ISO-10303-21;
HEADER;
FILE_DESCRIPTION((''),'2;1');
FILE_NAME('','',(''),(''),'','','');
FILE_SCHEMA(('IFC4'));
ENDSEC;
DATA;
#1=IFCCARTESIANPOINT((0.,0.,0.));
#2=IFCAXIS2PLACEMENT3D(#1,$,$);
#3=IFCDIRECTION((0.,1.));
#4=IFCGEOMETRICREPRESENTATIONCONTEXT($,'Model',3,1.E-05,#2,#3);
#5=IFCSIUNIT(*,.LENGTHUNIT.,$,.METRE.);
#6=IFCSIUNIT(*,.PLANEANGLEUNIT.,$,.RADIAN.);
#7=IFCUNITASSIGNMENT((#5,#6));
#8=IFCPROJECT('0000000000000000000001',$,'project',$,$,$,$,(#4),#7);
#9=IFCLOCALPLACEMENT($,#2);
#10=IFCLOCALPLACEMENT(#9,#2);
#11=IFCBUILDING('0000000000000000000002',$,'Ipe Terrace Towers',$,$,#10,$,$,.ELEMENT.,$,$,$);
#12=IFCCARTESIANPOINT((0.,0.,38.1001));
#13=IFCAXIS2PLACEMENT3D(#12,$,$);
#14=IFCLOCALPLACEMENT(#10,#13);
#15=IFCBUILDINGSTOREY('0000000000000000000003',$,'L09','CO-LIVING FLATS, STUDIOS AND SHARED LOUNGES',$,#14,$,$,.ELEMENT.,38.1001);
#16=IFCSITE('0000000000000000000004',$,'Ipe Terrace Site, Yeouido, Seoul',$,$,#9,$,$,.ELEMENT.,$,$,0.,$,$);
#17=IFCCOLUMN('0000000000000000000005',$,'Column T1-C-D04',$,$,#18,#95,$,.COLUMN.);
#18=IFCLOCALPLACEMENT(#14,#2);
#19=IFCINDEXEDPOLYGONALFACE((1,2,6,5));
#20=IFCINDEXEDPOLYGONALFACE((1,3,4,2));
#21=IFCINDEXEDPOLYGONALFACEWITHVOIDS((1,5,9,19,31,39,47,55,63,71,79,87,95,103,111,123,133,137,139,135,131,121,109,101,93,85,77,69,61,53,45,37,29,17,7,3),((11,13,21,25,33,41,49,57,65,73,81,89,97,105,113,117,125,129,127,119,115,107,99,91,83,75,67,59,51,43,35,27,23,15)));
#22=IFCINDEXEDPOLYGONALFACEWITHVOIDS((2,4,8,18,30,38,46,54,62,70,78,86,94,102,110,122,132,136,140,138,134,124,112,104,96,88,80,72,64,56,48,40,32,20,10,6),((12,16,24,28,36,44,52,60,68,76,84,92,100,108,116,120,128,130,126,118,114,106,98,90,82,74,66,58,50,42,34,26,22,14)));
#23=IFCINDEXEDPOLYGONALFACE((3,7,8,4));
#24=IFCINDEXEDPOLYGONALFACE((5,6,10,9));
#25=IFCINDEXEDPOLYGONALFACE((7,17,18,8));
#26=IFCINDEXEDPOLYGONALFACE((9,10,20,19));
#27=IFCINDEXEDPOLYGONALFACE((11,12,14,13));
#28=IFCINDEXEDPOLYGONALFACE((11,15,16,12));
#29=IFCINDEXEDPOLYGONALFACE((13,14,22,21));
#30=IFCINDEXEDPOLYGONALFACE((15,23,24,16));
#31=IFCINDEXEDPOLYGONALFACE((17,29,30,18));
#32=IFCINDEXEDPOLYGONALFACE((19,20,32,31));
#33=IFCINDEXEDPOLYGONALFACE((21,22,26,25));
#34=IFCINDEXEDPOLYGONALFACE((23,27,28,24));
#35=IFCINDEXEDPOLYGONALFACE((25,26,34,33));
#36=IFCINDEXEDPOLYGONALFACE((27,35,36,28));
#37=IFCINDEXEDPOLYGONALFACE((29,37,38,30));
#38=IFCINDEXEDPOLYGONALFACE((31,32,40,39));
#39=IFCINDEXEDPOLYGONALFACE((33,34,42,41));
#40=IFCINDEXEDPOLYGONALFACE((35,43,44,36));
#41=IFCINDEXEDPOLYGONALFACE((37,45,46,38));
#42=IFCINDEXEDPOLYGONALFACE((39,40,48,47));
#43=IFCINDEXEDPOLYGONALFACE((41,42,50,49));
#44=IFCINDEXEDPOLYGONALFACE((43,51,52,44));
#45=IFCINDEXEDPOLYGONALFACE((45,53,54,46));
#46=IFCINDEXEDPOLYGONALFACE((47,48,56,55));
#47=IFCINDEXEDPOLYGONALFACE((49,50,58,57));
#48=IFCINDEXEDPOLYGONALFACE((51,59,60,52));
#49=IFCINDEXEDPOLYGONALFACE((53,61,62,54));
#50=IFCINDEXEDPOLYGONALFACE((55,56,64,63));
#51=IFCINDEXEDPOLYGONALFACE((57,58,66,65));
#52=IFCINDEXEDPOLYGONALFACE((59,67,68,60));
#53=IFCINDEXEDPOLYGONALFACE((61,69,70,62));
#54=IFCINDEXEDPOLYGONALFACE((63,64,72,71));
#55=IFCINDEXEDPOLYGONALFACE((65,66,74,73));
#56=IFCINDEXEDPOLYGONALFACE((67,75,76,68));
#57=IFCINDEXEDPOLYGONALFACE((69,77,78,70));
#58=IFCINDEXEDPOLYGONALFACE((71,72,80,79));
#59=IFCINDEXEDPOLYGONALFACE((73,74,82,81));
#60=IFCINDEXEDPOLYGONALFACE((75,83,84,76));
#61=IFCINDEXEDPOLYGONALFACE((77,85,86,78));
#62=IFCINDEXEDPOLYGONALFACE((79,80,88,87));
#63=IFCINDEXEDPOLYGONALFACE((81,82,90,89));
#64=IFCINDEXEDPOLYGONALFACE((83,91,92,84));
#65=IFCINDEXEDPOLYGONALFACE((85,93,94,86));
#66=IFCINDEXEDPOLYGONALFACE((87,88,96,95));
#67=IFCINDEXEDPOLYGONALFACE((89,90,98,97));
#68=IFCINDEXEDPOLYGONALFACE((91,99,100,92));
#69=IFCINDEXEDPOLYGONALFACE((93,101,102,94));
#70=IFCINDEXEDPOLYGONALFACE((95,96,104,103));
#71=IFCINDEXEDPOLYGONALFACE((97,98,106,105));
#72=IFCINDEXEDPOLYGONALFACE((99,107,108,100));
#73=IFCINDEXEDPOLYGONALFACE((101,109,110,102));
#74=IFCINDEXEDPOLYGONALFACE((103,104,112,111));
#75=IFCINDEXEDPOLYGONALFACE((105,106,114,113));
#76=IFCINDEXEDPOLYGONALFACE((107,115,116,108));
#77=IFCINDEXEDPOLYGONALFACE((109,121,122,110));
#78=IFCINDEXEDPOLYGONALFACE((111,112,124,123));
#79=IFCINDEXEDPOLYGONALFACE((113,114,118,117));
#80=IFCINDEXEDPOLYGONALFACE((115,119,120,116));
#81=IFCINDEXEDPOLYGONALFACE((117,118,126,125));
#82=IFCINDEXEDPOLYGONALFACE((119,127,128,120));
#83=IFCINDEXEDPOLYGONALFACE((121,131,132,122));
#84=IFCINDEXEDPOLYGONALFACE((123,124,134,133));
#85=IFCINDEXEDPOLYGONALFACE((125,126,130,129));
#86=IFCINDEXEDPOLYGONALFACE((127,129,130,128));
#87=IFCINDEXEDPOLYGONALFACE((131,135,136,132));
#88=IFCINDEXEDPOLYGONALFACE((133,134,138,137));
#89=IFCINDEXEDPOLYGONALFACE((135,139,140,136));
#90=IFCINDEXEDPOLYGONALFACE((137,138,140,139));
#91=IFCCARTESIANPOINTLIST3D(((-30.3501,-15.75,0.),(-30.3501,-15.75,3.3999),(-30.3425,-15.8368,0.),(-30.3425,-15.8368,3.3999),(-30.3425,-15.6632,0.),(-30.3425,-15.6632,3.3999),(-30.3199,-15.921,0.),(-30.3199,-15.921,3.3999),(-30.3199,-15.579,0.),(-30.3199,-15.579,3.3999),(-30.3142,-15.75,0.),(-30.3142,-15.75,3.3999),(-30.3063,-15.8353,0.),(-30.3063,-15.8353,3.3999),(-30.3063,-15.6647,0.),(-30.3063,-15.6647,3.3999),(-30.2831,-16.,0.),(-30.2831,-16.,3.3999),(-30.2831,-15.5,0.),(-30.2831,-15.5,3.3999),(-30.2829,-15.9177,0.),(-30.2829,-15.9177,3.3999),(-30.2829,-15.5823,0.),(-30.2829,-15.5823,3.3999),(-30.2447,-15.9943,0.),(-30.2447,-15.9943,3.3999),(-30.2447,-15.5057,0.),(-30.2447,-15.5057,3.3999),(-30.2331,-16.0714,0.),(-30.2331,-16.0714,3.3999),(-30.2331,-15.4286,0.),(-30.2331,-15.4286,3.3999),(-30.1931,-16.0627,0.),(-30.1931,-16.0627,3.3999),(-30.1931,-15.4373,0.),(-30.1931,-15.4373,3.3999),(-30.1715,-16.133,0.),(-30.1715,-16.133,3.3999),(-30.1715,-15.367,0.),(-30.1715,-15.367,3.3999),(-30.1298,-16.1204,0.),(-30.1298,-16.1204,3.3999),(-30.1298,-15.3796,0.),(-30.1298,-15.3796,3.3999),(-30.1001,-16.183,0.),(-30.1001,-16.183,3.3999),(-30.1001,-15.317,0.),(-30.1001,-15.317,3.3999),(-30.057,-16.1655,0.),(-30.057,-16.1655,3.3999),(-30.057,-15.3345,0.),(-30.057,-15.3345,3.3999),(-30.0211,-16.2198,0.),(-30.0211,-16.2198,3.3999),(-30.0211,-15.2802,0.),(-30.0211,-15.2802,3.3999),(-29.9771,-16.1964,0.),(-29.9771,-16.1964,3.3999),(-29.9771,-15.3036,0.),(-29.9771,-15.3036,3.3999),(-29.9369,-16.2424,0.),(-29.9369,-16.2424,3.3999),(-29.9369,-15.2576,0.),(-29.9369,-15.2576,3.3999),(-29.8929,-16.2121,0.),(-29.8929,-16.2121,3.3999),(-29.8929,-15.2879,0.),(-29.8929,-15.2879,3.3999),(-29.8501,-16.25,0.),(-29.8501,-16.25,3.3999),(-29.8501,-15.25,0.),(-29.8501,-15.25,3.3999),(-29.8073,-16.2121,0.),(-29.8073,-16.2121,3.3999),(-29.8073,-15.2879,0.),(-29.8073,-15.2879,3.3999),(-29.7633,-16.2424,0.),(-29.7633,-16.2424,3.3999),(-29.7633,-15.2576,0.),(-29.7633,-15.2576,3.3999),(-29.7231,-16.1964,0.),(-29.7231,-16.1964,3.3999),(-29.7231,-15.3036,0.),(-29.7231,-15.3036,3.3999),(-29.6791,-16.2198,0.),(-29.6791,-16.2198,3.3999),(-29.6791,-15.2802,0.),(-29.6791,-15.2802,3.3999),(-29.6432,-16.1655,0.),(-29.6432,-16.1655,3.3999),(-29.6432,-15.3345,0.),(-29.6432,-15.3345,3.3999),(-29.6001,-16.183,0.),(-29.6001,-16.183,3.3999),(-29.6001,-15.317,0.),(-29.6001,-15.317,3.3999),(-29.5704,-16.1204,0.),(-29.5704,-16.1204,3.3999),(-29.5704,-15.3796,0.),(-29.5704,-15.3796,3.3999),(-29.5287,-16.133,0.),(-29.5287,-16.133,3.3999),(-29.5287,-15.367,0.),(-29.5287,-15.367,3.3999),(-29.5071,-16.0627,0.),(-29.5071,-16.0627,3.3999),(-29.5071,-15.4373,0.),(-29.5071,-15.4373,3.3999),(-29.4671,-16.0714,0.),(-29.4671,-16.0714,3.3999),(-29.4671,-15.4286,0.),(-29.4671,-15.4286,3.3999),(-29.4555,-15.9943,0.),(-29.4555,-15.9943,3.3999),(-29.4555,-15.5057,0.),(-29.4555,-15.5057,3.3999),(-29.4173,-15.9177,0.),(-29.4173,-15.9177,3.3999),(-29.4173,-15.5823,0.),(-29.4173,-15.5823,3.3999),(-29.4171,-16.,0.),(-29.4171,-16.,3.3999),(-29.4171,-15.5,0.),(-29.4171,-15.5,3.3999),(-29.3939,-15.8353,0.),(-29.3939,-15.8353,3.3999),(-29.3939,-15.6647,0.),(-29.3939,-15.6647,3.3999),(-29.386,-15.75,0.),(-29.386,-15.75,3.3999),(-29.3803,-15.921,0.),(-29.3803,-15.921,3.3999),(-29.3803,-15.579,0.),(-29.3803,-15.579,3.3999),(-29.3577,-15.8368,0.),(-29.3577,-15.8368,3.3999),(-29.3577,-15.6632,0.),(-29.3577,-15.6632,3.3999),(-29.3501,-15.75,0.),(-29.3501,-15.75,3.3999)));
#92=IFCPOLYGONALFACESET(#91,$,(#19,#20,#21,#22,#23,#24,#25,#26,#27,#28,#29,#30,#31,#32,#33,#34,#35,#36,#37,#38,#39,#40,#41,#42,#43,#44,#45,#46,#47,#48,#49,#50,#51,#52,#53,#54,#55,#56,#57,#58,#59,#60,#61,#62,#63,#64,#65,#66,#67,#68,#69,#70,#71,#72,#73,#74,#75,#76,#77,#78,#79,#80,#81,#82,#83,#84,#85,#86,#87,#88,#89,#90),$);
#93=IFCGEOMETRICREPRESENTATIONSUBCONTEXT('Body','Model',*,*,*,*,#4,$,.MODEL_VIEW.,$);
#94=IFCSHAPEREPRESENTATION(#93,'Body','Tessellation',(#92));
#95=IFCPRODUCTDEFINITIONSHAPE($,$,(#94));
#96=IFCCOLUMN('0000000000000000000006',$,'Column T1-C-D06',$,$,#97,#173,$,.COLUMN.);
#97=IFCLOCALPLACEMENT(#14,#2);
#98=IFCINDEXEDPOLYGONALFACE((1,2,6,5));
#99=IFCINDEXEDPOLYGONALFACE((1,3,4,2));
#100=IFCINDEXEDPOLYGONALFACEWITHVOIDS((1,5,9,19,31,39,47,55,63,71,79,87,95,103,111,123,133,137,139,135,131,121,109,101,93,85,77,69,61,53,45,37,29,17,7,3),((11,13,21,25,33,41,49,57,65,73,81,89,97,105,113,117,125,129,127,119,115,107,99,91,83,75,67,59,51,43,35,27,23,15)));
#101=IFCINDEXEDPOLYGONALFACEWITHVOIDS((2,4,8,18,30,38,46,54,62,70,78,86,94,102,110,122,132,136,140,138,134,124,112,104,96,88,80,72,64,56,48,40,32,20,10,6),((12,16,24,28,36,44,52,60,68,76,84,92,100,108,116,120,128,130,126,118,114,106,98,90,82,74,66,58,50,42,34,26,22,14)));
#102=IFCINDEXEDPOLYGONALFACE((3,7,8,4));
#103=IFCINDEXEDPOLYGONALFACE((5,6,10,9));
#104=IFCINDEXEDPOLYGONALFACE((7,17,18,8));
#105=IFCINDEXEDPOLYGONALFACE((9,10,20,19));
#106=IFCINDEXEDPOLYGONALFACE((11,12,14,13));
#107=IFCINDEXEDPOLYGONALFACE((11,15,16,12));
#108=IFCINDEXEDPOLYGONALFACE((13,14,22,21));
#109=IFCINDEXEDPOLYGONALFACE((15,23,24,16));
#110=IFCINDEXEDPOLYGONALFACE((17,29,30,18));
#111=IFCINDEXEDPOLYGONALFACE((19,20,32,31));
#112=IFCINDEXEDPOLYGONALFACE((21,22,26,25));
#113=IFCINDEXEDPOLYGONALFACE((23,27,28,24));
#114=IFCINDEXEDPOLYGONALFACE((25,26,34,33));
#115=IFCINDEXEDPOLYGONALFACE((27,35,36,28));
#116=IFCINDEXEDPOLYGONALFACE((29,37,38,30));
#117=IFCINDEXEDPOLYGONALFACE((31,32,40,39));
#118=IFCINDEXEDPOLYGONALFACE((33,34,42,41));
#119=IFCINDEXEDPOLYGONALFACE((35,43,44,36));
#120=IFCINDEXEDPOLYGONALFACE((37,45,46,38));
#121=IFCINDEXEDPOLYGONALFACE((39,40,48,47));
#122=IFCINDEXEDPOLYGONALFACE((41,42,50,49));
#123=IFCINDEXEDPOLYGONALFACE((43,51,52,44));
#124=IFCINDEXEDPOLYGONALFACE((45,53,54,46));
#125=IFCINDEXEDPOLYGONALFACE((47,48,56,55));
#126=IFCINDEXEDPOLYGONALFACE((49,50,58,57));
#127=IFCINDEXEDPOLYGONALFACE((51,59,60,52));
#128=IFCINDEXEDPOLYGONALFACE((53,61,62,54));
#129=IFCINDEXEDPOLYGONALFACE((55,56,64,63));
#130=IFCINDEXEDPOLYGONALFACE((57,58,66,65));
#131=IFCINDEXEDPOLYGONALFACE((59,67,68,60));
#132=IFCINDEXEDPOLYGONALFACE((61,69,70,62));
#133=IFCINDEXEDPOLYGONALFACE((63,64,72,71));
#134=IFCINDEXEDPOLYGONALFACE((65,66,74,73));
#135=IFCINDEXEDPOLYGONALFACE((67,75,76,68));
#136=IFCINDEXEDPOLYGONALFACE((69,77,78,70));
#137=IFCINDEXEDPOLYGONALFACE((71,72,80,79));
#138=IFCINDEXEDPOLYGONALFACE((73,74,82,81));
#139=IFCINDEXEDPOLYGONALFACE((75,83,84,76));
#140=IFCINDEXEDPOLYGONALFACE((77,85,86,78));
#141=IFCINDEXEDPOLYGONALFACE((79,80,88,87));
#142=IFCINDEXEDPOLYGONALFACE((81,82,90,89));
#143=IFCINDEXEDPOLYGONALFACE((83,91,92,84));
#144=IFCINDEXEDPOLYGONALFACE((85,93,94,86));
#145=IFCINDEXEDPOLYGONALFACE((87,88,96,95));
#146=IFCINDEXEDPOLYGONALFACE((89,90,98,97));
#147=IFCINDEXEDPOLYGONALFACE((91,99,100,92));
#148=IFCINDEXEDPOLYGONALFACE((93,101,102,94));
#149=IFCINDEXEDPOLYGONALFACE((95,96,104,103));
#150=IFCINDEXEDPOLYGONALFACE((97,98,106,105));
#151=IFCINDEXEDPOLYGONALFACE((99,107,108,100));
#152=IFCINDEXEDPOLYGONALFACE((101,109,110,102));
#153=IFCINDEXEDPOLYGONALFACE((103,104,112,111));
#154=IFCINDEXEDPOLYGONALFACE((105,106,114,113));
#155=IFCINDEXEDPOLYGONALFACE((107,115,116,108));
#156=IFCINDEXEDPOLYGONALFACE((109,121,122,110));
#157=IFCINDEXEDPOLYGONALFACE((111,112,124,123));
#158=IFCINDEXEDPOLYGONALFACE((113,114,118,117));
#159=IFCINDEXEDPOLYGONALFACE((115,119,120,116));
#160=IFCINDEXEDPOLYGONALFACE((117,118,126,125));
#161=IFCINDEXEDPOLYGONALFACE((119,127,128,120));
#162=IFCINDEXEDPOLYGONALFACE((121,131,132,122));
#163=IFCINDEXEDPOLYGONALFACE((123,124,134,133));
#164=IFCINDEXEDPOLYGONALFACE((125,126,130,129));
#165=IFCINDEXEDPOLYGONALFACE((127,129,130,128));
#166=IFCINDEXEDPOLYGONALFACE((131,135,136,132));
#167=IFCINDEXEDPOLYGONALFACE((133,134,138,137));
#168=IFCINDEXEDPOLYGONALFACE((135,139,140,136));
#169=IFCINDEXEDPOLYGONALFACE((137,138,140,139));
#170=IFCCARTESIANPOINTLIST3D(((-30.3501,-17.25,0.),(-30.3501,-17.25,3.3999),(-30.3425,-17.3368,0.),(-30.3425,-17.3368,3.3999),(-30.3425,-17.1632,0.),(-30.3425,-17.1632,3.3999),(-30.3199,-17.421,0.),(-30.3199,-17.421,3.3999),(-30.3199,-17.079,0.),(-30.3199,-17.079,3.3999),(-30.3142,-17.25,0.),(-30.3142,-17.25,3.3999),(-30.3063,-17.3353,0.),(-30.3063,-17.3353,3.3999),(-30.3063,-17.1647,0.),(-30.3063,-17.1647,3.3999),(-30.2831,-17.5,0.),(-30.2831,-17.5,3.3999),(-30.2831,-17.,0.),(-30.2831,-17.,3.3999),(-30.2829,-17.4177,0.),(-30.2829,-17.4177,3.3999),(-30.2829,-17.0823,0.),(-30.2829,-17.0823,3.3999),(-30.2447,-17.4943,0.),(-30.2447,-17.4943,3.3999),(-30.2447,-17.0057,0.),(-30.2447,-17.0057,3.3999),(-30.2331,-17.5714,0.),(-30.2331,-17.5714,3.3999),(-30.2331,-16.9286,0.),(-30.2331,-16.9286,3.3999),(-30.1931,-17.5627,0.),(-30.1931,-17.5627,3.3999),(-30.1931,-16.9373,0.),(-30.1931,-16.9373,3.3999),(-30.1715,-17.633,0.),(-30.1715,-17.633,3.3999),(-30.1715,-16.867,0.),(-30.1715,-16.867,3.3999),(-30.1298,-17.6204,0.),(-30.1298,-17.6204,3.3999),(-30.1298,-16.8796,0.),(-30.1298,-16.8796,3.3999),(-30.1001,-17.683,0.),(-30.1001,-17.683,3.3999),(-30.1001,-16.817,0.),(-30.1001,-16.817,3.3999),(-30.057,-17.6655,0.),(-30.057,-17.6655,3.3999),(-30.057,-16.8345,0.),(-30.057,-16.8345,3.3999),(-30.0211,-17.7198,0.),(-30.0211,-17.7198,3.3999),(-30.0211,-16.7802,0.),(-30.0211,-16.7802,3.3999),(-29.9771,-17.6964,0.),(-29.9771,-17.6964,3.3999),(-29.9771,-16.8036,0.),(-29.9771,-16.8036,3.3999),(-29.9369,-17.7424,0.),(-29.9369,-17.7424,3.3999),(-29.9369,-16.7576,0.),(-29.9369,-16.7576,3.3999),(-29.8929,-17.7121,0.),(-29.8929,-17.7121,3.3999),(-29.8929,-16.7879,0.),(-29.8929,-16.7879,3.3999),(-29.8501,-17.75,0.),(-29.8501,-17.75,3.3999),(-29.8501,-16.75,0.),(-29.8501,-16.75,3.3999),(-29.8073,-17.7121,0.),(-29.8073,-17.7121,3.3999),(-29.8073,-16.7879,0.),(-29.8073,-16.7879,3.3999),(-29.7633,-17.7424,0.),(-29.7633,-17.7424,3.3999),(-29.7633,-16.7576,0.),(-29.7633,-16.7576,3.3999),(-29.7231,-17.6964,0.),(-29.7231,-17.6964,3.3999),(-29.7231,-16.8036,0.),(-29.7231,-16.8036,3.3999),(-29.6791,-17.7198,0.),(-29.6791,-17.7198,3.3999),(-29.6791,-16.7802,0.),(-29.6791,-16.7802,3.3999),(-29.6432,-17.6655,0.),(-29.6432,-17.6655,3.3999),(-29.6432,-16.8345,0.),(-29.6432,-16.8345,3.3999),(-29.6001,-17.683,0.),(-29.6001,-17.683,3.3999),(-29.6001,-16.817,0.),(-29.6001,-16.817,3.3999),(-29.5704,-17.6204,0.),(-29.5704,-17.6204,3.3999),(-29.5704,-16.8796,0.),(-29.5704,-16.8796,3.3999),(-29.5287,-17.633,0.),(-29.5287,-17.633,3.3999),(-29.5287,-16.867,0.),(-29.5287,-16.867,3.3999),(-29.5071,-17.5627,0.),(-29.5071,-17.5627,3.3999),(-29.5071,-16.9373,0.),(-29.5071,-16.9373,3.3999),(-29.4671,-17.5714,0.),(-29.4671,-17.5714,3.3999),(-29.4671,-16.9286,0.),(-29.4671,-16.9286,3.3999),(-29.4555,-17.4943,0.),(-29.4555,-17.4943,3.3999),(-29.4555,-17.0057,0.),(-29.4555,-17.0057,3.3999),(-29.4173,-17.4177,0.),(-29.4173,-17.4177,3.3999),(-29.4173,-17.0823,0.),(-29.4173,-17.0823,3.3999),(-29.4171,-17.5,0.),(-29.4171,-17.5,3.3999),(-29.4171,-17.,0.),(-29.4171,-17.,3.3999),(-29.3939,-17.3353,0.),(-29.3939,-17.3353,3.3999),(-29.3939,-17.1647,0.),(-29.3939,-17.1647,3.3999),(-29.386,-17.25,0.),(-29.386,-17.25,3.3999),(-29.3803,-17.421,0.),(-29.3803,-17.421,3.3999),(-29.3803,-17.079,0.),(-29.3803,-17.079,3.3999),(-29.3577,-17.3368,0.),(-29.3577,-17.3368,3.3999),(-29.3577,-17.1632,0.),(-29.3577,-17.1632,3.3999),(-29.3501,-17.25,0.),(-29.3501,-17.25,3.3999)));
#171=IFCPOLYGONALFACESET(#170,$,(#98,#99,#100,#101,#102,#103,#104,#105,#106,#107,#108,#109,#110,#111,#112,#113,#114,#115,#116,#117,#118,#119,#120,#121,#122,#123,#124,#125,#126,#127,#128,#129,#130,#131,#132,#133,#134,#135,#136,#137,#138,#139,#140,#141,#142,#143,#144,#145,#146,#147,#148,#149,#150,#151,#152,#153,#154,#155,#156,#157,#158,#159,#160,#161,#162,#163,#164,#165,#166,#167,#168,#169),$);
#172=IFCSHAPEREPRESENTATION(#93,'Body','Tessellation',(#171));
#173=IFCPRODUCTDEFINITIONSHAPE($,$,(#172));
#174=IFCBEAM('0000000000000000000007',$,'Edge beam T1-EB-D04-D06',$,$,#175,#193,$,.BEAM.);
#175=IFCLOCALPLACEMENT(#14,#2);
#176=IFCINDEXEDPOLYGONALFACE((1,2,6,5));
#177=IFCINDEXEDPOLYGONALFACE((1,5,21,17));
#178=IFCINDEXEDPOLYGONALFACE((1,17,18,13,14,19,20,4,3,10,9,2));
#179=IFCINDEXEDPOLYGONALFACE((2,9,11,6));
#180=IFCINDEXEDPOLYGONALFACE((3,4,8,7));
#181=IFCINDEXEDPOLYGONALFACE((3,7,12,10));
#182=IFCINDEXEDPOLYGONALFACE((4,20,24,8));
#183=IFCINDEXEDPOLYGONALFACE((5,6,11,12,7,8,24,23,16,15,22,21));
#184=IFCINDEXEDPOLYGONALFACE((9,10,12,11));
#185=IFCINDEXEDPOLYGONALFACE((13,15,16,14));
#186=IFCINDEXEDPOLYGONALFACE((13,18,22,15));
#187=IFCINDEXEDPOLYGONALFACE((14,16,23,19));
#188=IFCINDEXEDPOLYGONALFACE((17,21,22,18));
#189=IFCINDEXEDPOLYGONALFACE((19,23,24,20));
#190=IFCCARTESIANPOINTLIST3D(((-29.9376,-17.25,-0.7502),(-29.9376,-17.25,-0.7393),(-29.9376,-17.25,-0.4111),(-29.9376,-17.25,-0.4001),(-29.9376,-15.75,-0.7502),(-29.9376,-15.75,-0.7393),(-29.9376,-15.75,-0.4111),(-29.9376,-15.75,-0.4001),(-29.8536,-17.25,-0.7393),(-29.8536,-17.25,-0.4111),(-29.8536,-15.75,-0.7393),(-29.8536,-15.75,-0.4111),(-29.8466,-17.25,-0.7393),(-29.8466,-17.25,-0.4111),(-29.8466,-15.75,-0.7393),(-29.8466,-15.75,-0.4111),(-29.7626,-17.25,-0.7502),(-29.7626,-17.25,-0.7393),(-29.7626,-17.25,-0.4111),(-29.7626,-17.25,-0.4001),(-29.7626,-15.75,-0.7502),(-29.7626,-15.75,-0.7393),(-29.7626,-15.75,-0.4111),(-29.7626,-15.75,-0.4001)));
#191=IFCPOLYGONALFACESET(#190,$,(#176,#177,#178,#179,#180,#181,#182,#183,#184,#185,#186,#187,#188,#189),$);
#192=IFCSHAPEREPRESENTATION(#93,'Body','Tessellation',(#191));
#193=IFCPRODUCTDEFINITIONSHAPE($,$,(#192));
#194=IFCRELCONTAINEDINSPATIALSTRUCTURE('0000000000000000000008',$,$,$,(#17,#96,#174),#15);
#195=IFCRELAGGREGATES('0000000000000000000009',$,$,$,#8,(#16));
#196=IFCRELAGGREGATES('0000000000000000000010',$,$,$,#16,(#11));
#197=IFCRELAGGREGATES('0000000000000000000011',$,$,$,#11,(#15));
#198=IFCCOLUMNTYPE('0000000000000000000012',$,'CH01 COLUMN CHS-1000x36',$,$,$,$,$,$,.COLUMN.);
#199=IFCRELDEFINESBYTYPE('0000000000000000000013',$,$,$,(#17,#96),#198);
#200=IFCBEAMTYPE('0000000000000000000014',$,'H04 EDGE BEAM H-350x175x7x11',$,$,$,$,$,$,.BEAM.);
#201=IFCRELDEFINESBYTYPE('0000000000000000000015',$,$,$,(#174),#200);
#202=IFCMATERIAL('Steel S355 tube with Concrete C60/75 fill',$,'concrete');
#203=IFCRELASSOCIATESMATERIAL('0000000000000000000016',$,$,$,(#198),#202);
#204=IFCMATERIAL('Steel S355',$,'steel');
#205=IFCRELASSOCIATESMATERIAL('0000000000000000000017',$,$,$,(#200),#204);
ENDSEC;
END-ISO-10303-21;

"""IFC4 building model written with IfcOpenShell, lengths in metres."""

from ifc_helpers import new_model, si_unit, direction, frame, origin, origin_2d, place, context, subcontext, project, spatial, hollow_circle, i_section, extrude, material, material_profile, profile_set, type_object, element, save


model = new_model("IFC4")

# Units and contexts
model_context = context("Model", 3, precision=1e-05, world=origin(), true_north=direction((0.0, 1.0)))
body_context = subcontext(model_context, "Body", "Model", "MODEL_VIEW")
ifc_project = project(units=[si_unit("LENGTHUNIT", "METRE"), si_unit("PLANEANGLEUNIT", "RADIAN")], contexts=[model_context])

# Site, building, storey
site_placement = place(None, origin())
site = spatial("IfcSite", under=ifc_project, at=site_placement, Name="Ipe Terrace Site, Yeouido, Seoul", CompositionType="ELEMENT", RefElevation=0.0)
building_placement = place(site_placement, origin())
building = spatial("IfcBuilding", under=site, at=building_placement, Name="Ipe Terrace Towers", CompositionType="ELEMENT")
storey_placement = place(building_placement, frame((0.0, 0.0, 38.1001)))
storey = spatial("IfcBuildingStorey", under=building, at=storey_placement, Name="L09", Description="CO-LIVING FLATS, STUDIOS AND SHARED LOUNGES", CompositionType="ELEMENT", Elevation=38.1001)

# Columns
ifc_material_1 = material(Name="Steel S355 tube with Concrete C60/75 fill", Category="concrete")
ifc_material_profile_1 = material_profile(ifc_material_1, hollow_circle(Radius=0.5, WallThickness=0.0359, at=origin_2d()), Name="CHS-1000x36")
ifc_profile_set_1 = profile_set([ifc_material_profile_1], Name="Steel S355 tube with Concrete C60/75 fill")
column_type = type_object("IfcColumnType", Name="CH01 COLUMN CHS-1000x36", PredefinedType="COLUMN", material=ifc_profile_set_1)
for number, where, z_axis, x_axis, name in (
    (1, (-29.8501, -15.75, 0.0), (0.0, 0.0, 1.0), (1.0, 0.0, 0.0), "Column T1-C-D04"),
    (2, (-29.8501, -17.25, 0.0), (0.0, 0.0, 1.0), (1.0, 0.0, 0.0), "Column T1-C-D06"),
):
    element("IfcColumn", number, at=place(storey_placement, frame(where, z_axis=z_axis, x_axis=x_axis)), inside=storey, type_object=column_type, Name=name, PredefinedType="COLUMN", context=body_context, shape_type="SweptSolid", body=[
        extrude(hollow_circle(Radius=0.5, WallThickness=0.0359, at=origin_2d()), origin(), (0.0, 0.0, 1.0), 3.3999),
    ])

# Beam
ifc_material_2 = material(Name="Steel S355", Category="steel")
ifc_material_profile_2 = material_profile(ifc_material_2, i_section(OverallWidth=0.175, OverallDepth=0.3501, WebThickness=0.0071, FlangeThickness=0.011, at=origin_2d()), Name="H-350x175x7x11")
ifc_profile_set_2 = profile_set([ifc_material_profile_2], Name="Steel S355")
beam_type = type_object("IfcBeamType", Name="H04 EDGE BEAM H-350x175x7x11", PredefinedType="BEAM", material=ifc_profile_set_2)
beam_placement = place(storey_placement, frame((-29.8501, -15.75, -0.5752), z_axis=(0.0, -1.0, 0.0), x_axis=(1.0, 0.0, 0.0)))
element("IfcBeam", 3, at=beam_placement, inside=storey, type_object=beam_type, Name="Edge beam T1-EB-D04-D06", PredefinedType="BEAM", context=body_context, shape_type="SweptSolid", body=[
    extrude(i_section(OverallWidth=0.175, OverallDepth=0.3501, WebThickness=0.0071, FlangeThickness=0.011, at=origin_2d()), origin(), (0.0, 0.0, 1.0), 1.5),
])

save(model, "model.ifc")
